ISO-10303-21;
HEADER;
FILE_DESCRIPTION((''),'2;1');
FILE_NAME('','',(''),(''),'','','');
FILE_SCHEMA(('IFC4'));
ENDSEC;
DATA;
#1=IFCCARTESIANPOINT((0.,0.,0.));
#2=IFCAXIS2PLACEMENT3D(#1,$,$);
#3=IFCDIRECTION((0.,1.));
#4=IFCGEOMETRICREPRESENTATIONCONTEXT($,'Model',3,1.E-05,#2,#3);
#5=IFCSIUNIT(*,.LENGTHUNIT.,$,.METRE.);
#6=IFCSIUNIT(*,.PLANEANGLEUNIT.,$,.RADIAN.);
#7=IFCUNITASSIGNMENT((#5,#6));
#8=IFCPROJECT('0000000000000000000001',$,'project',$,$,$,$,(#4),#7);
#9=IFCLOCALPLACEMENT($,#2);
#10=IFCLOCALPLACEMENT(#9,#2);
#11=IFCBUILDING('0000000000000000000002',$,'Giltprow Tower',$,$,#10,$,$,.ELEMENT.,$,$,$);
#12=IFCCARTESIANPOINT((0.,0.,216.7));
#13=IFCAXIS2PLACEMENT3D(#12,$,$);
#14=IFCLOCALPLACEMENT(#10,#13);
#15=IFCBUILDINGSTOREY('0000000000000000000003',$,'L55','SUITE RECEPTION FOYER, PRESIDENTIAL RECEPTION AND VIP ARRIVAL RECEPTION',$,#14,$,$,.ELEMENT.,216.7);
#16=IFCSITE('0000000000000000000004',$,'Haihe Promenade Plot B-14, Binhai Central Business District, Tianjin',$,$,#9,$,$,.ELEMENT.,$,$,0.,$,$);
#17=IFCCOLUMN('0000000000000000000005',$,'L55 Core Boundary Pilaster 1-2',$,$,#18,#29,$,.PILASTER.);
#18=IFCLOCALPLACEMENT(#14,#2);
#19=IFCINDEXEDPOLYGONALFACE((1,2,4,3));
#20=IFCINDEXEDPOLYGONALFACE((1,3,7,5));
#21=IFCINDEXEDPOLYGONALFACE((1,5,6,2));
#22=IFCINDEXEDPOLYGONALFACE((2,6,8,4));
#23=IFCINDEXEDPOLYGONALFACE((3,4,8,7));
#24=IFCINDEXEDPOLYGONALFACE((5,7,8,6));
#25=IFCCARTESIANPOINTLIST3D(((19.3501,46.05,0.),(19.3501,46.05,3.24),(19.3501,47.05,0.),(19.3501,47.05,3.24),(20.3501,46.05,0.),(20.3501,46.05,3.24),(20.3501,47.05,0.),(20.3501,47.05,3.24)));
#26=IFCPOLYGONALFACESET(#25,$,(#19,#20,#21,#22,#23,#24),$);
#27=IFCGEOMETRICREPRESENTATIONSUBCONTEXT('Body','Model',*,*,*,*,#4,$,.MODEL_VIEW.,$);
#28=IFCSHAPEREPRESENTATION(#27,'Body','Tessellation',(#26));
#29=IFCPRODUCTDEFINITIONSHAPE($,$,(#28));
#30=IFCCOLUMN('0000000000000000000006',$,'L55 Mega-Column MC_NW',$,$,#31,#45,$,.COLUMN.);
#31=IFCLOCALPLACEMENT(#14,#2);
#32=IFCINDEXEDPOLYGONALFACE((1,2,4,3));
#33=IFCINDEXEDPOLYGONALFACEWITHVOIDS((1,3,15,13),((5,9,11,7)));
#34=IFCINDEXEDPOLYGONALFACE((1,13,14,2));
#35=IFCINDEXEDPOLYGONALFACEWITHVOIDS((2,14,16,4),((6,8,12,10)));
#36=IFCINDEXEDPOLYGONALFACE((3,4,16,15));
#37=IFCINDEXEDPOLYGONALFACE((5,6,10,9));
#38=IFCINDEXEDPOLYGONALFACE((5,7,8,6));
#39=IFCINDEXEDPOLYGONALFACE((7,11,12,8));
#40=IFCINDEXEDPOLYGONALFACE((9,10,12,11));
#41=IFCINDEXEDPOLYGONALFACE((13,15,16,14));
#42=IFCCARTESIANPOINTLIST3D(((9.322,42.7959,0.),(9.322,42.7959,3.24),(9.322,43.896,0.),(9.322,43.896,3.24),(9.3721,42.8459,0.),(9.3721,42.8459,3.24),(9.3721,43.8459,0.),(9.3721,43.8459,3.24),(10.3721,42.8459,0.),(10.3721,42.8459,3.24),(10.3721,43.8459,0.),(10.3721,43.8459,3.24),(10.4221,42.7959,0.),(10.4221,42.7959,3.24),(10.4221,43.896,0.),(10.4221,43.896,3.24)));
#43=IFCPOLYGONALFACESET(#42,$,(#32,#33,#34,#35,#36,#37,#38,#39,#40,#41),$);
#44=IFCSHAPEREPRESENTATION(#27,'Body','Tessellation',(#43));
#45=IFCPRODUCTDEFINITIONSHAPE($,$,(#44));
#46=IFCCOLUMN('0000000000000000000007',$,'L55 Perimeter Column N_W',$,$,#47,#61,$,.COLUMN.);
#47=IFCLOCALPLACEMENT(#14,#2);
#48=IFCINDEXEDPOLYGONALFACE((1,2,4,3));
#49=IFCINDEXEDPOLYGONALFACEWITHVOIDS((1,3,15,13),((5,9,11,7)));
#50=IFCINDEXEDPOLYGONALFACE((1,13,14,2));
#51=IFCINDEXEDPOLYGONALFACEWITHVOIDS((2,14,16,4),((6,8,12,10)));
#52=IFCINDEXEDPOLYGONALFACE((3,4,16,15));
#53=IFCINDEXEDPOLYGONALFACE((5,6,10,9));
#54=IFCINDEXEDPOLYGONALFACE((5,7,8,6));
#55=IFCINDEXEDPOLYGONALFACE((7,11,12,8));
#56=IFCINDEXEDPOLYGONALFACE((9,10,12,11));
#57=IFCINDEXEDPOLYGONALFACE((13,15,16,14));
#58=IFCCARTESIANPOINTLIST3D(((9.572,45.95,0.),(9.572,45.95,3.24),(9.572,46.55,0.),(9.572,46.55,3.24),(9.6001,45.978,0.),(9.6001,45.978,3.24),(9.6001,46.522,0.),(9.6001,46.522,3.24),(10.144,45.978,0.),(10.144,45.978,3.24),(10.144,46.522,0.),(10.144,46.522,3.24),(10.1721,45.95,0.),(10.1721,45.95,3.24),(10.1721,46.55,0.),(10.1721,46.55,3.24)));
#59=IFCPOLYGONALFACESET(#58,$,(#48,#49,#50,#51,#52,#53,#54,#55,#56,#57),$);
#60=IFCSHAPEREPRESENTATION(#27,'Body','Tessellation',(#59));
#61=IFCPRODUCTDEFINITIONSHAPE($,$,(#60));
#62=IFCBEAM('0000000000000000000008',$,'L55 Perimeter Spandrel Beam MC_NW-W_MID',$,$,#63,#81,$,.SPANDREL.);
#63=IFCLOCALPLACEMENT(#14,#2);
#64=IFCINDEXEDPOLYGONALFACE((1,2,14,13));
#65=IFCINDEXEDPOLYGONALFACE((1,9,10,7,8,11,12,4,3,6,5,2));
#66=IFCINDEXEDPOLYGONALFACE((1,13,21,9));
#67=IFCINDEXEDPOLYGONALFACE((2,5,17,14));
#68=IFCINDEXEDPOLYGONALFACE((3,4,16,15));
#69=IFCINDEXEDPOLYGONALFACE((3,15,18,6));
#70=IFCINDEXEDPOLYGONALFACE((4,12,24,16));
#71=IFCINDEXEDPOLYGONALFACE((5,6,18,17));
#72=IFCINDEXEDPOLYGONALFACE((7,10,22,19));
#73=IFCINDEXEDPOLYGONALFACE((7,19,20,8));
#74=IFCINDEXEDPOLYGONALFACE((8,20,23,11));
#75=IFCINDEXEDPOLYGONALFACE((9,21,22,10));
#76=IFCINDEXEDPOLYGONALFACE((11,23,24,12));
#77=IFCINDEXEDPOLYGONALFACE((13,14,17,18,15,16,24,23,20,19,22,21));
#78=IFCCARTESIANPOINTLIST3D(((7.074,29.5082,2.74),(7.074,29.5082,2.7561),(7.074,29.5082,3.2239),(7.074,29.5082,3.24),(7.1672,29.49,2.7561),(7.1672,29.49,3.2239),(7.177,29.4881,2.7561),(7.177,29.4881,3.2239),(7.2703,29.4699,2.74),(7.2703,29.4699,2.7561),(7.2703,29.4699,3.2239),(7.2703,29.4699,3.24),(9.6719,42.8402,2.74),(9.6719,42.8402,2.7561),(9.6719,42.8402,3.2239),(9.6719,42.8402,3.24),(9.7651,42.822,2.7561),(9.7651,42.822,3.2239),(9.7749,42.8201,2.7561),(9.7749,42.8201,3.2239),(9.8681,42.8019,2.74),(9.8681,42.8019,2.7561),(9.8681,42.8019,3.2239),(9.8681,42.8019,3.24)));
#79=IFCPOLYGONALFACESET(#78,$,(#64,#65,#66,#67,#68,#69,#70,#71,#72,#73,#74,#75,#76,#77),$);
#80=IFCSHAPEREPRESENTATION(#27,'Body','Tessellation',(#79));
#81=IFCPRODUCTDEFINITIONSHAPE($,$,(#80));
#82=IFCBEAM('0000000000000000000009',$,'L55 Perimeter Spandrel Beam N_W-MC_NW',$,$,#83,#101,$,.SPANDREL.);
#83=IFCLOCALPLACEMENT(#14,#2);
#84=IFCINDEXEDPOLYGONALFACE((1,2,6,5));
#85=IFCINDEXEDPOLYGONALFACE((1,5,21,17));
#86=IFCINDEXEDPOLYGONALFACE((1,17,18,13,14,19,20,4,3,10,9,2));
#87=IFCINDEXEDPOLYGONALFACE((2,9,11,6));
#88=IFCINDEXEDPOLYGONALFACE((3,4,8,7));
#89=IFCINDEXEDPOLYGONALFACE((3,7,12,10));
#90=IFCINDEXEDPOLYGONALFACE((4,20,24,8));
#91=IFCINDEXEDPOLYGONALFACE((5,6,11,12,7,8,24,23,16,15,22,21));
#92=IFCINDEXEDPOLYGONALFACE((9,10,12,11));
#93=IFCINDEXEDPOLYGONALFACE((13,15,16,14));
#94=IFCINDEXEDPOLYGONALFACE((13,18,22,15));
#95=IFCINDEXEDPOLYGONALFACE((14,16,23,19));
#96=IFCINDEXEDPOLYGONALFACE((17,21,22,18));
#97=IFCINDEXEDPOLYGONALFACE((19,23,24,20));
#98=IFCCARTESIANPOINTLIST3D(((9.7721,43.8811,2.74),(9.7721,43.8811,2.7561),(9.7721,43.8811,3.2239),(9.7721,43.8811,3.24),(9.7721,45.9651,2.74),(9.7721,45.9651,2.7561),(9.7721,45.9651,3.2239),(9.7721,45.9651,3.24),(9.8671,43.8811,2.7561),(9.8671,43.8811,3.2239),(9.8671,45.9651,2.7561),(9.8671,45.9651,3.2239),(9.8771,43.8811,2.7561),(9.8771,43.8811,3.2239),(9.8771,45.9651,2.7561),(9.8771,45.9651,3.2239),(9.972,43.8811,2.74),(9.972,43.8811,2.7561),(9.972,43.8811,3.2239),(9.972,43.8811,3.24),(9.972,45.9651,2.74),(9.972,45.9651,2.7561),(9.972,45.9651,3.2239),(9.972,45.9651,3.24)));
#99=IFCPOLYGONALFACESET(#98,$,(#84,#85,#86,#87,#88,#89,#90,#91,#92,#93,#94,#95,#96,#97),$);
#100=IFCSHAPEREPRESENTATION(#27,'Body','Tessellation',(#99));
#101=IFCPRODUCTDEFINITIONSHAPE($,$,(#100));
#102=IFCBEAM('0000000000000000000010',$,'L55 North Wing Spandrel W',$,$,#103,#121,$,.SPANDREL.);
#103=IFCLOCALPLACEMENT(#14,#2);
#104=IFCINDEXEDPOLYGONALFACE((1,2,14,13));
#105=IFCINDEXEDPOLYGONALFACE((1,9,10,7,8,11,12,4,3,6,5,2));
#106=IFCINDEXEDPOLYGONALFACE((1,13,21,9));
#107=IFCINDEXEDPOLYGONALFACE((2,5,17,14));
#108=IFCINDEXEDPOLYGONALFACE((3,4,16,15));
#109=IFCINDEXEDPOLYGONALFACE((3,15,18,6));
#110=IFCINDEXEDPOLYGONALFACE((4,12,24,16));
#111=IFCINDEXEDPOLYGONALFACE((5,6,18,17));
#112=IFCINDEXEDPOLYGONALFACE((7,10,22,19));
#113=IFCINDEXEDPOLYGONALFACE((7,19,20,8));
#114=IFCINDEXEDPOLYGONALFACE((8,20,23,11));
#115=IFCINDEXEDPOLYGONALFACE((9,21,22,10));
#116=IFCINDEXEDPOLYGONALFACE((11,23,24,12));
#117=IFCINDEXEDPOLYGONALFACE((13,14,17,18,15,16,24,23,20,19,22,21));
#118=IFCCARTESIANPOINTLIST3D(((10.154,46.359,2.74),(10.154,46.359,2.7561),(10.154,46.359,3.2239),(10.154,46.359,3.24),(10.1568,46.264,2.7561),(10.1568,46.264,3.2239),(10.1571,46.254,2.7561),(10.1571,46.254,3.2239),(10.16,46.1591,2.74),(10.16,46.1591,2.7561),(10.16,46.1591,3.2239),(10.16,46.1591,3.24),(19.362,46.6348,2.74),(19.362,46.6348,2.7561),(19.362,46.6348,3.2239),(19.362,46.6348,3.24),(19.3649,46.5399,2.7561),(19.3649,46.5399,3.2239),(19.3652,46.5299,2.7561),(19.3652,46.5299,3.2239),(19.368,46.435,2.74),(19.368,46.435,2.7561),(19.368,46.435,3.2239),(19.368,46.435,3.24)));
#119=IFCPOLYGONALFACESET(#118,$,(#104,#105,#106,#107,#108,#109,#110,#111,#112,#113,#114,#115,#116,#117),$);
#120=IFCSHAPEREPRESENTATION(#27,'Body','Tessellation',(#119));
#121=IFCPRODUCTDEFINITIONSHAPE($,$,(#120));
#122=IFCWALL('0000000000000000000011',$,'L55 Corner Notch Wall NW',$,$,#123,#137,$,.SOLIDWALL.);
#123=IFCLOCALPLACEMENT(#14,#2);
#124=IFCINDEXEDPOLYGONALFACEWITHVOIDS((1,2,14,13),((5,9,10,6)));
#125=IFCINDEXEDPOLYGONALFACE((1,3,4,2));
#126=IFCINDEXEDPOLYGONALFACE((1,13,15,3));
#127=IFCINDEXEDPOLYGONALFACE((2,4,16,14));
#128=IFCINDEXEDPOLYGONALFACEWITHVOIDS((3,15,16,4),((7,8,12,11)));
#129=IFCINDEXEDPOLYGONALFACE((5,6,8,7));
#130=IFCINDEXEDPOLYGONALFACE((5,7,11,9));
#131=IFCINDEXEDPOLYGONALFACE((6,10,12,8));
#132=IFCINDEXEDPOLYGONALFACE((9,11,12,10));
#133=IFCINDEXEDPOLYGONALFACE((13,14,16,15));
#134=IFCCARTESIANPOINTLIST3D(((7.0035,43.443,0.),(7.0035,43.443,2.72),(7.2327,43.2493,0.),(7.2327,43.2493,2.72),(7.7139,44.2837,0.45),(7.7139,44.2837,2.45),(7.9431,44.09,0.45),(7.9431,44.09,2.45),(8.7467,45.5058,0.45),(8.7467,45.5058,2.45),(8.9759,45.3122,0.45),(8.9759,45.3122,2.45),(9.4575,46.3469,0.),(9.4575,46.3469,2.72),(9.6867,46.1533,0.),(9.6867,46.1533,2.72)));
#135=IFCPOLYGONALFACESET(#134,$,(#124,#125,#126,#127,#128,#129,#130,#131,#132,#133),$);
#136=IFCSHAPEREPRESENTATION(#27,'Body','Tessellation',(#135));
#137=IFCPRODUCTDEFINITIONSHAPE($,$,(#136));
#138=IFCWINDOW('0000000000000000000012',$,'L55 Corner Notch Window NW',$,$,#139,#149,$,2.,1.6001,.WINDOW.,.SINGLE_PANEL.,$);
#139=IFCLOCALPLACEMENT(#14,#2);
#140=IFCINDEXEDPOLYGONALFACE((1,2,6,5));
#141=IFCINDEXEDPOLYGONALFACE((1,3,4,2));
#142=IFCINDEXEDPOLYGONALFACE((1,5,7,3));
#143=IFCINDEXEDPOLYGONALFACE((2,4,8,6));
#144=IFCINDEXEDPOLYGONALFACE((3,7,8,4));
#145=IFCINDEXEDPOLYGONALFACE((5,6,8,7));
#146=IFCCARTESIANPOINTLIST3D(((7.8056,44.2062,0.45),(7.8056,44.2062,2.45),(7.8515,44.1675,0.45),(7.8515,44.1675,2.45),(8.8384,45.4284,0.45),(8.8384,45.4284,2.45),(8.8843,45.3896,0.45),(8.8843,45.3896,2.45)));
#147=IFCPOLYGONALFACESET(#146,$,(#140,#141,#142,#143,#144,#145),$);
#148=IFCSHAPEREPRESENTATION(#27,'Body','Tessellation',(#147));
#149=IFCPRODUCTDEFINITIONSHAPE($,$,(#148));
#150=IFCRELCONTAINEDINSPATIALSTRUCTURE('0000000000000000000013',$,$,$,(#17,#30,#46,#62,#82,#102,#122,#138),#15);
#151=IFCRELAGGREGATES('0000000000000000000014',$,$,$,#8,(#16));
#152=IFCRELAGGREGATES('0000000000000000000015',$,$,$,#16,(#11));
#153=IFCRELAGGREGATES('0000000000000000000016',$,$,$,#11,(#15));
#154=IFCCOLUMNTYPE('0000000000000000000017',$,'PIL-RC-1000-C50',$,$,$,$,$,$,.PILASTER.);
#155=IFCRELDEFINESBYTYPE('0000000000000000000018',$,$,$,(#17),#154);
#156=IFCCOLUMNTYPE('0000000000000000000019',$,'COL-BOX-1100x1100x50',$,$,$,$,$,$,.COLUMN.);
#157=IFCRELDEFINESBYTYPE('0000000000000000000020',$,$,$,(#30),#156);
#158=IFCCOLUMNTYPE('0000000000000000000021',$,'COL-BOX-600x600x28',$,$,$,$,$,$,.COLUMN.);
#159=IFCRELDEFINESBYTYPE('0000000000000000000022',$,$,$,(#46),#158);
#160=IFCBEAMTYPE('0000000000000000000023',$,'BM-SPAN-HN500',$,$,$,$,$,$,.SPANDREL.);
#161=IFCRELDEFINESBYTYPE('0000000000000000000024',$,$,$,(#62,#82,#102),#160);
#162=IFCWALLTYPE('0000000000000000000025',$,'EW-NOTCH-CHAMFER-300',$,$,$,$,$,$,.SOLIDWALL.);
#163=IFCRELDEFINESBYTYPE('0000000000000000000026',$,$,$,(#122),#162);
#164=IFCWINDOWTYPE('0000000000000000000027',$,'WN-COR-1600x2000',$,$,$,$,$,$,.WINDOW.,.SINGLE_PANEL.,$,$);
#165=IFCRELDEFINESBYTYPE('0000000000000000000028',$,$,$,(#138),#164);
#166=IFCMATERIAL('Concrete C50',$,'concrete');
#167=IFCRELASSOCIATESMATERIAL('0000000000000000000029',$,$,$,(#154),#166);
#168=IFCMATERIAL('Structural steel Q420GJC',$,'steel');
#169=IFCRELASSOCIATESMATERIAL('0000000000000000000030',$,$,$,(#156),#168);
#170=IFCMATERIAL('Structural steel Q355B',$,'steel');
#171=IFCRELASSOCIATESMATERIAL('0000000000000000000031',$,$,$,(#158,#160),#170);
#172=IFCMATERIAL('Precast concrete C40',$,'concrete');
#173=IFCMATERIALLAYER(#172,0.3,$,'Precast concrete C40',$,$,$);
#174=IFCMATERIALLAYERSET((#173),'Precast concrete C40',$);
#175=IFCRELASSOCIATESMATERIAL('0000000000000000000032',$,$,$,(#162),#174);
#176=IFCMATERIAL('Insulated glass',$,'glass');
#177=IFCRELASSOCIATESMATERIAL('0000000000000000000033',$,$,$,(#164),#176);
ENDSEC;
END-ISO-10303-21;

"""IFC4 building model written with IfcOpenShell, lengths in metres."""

from ifc_helpers import new_model, si_unit, direction, frame, frame_2d, origin, origin_2d, place, context, subcontext, project, spatial, rectangle, hollow_rectangle, i_section, extrude, source, transform, mapped, material, layer, layer_set, material_profile, profile_set, type_object, element, fill, save


model = new_model("IFC4")

# Units and contexts
model_context = context("Model", 3, precision=1e-05, world=origin(), true_north=direction((0.0, 1.0)))
body_context = subcontext(model_context, "Body", "Model", "MODEL_VIEW")
ifc_project = project(units=[si_unit("LENGTHUNIT", "METRE"), si_unit("PLANEANGLEUNIT", "RADIAN")], contexts=[model_context])

# Site, building, storey
site_placement = place(None, origin())
site = spatial("IfcSite", under=ifc_project, at=site_placement, Name="Haihe Promenade Plot B-14, Binhai Central Business District, Tianjin", CompositionType="ELEMENT", RefElevation=0.0)
building_placement = place(site_placement, origin())
building = spatial("IfcBuilding", under=site, at=building_placement, Name="Giltprow Tower", CompositionType="ELEMENT")
storey_placement = place(building_placement, frame((0.0, 0.0, 216.7)))
storey = spatial("IfcBuildingStorey", under=building, at=storey_placement, Name="L55", Description="SUITE RECEPTION FOYER, PRESIDENTIAL RECEPTION AND VIP ARRIVAL RECEPTION", CompositionType="ELEMENT", Elevation=216.7)

# Columns
ifc_material_1 = material(Name="Concrete C50", Category="concrete")
ifc_material_profile_1 = material_profile(ifc_material_1, rectangle(XDim=1.0, YDim=1.0, at=origin_2d()), Name="RC 1000x1000")
ifc_profile_set_1 = profile_set([ifc_material_profile_1], Name="Concrete C50")
column_type_1 = type_object("IfcColumnType", Name="PIL-RC-1000-C50", PredefinedType="PILASTER", material=ifc_profile_set_1)
shared_shape_1 = source(origin(), body_context, "Body", "SweptSolid", [
    extrude(rectangle(XDim=1.0, YDim=1.0, at=origin_2d()), origin(), (0.0, 0.0, 1.0), 3.24),
])
column_1_placement = place(storey_placement, frame((19.8501, 46.55, 0.0), z_axis=(0.0, 0.0, 1.0), x_axis=(1.0, 0.0, 0.0)))
element("IfcColumn", 1, at=column_1_placement, inside=storey, type_object=column_type_1, Name="L55 Core Boundary Pilaster 1-2", PredefinedType="PILASTER", context=body_context, shape_type="MappedRepresentation", body=[
    mapped(shared_shape_1, transform((0.0, 0.0, 0.0), x_axis=(1.0, 0.0, 0.0), y_axis=(0.0, 1.0, 0.0), z_axis=(0.0, 0.0, 1.0), scale=1.0)),
])
ifc_material_2 = material(Name="Structural steel Q420GJC", Category="steel")
ifc_material_profile_2 = material_profile(ifc_material_2, hollow_rectangle(XDim=1.1001, YDim=1.1001, WallThickness=0.05, at=origin_2d()), Name="BOX 1100x1100x50")
ifc_profile_set_2 = profile_set([ifc_material_profile_2], Name="Structural steel Q420GJC")
column_type_2 = type_object("IfcColumnType", Name="COL-BOX-1100x1100x50", PredefinedType="COLUMN", material=ifc_profile_set_2)
shared_shape_2 = source(origin(), body_context, "Body", "SweptSolid", [
    extrude(hollow_rectangle(XDim=1.1001, YDim=1.1001, WallThickness=0.05, at=origin_2d()), origin(), (0.0, 0.0, 1.0), 3.24),
])
column_2_placement = place(storey_placement, frame((9.8721, 43.3459, 0.0), z_axis=(0.0, 0.0, 1.0), x_axis=(1.0, 0.0, 0.0)))
element("IfcColumn", 2, at=column_2_placement, inside=storey, type_object=column_type_2, Name="L55 Mega-Column MC_NW", PredefinedType="COLUMN", context=body_context, shape_type="MappedRepresentation", body=[
    mapped(shared_shape_2, transform((0.0, 0.0, 0.0), x_axis=(1.0, 0.0, 0.0), y_axis=(0.0, 1.0, 0.0), z_axis=(0.0, 0.0, 1.0), scale=1.0)),
])
ifc_material_3 = material(Name="Structural steel Q355B", Category="steel")
ifc_material_profile_3 = material_profile(ifc_material_3, hollow_rectangle(XDim=0.6001, YDim=0.6001, WallThickness=0.0281, at=origin_2d()), Name="BOX 600x600x28")
ifc_profile_set_3 = profile_set([ifc_material_profile_3], Name="Structural steel Q355B")
column_type_3 = type_object("IfcColumnType", Name="COL-BOX-600x600x28", PredefinedType="COLUMN", material=ifc_profile_set_3)
shared_shape_3 = source(origin(), body_context, "Body", "SweptSolid", [
    extrude(hollow_rectangle(XDim=0.6001, YDim=0.6001, WallThickness=0.0281, at=origin_2d()), origin(), (0.0, 0.0, 1.0), 3.24),
])
column_3_placement = place(storey_placement, frame((9.8721, 46.25, 0.0), z_axis=(0.0, 0.0, 1.0), x_axis=(1.0, 0.0, 0.0)))
element("IfcColumn", 3, at=column_3_placement, inside=storey, type_object=column_type_3, Name="L55 Perimeter Column N_W", PredefinedType="COLUMN", context=body_context, shape_type="MappedRepresentation", body=[
    mapped(shared_shape_3, transform((0.0, 0.0, 0.0), x_axis=(1.0, 0.0, 0.0), y_axis=(0.0, 1.0, 0.0), z_axis=(0.0, 0.0, 1.0), scale=1.0)),
])

# Beams
ifc_material_profile_4 = material_profile(ifc_material_3, i_section(OverallWidth=0.2, OverallDepth=0.5, WebThickness=0.01, FlangeThickness=0.0161, at=origin_2d()), Name="HN 500x200x10x16")
ifc_profile_set_4 = profile_set([ifc_material_profile_4], Name="Structural steel Q355B")
beam_type = type_object("IfcBeamType", Name="BM-SPAN-HN500", PredefinedType="SPANDREL", material=ifc_profile_set_4)
shared_shape_4 = source(origin(), body_context, "Body", "SweptSolid", [
    extrude(i_section(OverallWidth=0.2, OverallDepth=0.5, WebThickness=0.01, FlangeThickness=0.0161, at=origin_2d()), origin(), (0.0, 0.0, 1.0), 13.5828),
])
beam_1_placement = place(storey_placement, frame((9.77, 42.821, 2.99), z_axis=(-0.191264, -0.981539, 0.0), x_axis=(0.981539, -0.191264, 0.0)))
element("IfcBeam", 4, at=beam_1_placement, inside=storey, type_object=beam_type, Name="L55 Perimeter Spandrel Beam MC_NW-W_MID", PredefinedType="SPANDREL", context=body_context, shape_type="MappedRepresentation", body=[
    mapped(shared_shape_4, transform((0.0, 0.0, 0.0), x_axis=(1.0, 0.0, 0.0), y_axis=(0.0, 1.0, 0.0), z_axis=(0.0, 0.0, 1.0), scale=1.0)),
])
shared_shape_5 = source(origin(), body_context, "Body", "SweptSolid", [
    extrude(i_section(OverallWidth=0.2, OverallDepth=0.5, WebThickness=0.01, FlangeThickness=0.0161, at=origin_2d()), origin(), (0.0, 0.0, 1.0), 2.084),
])
beam_2_placement = place(storey_placement, frame((9.8721, 45.9651, 2.99), z_axis=(0.0, -1.0, 0.0), x_axis=(1.0, 0.0, 0.0)))
element("IfcBeam", 5, at=beam_2_placement, inside=storey, type_object=beam_type, Name="L55 Perimeter Spandrel Beam N_W-MC_NW", PredefinedType="SPANDREL", context=body_context, shape_type="MappedRepresentation", body=[
    mapped(shared_shape_5, transform((0.0, 0.0, 0.0), x_axis=(1.0, 0.0, 0.0), y_axis=(0.0, 1.0, 0.0), z_axis=(0.0, 0.0, 1.0), scale=1.0)),
])
shared_shape_6 = source(origin(), body_context, "Body", "SweptSolid", [
    extrude(i_section(OverallWidth=0.2, OverallDepth=0.5, WebThickness=0.01, FlangeThickness=0.0161, at=origin_2d()), origin(), (0.0, 0.0, 1.0), 9.2122),
])
beam_3_placement = place(storey_placement, frame((10.157, 46.259, 2.99), z_axis=(0.999551, 0.029947, 0.0), x_axis=(-0.029947, 0.999551, 0.0)))
element("IfcBeam", 6, at=beam_3_placement, inside=storey, type_object=beam_type, Name="L55 North Wing Spandrel W", PredefinedType="SPANDREL", context=body_context, shape_type="MappedRepresentation", body=[
    mapped(shared_shape_6, transform((0.0, 0.0, 0.0), x_axis=(1.0, 0.0, 0.0), y_axis=(0.0, 1.0, 0.0), z_axis=(0.0, 0.0, 1.0), scale=1.0)),
])

# Wall, opening, window
ifc_material_4 = material(Name="Precast concrete C40", Category="concrete")
ifc_layer_1 = layer(ifc_material_4, 0.3, Name="Precast concrete C40")
ifc_layer_set_1 = layer_set([ifc_layer_1], Name="Precast concrete C40")
wall_type_1 = type_object("IfcWallType", Name="EW-NOTCH-CHAMFER-300", PredefinedType="SOLIDWALL", material=ifc_layer_set_1)
wall_1_placement = place(storey_placement, frame((9.572, 46.25, 0.0), z_axis=(0.0, 0.0, 1.0), x_axis=(-0.645456, -0.763798, 0.0)))
wall_1 = element("IfcWall", 7, at=wall_1_placement, inside=storey, type_object=wall_type_1, Name="L55 Corner Notch Wall NW", PredefinedType="SOLIDWALL", context=body_context, shape_type="SweptSolid", body=[
    extrude(rectangle(XDim=3.802, YDim=0.3, at=frame_2d((1.9009, 0.0))), origin(), (0.0, 0.0, 1.0), 2.72),
])
opening_1_placement = place(wall_1_placement, frame((1.1011, 0.0, 0.45)))
opening_1 = element("IfcOpeningElement", 8, at=opening_1_placement, cuts=wall_1, PredefinedType="OPENING", context=body_context, shape_type="SweptSolid", body=[
    extrude(rectangle(XDim=1.6001, YDim=2.0, at=frame_2d((0.8, 1.0))), frame((0.0, 0.1599, 0.0), z_axis=(0.0, -1.0, 0.0), x_axis=(1.0, 0.0, 0.0)), (0.0, 0.0, 1.0), 0.3201),
])
ifc_material_5 = material(Name="Insulated glass", Category="glass")
window_type = type_object("IfcWindowType", Name="WN-COR-1600x2000", PartitioningType="SINGLE_PANEL", PredefinedType="WINDOW", material=ifc_material_5)
shared_shape_7 = source(origin(), body_context, "Body", "SweptSolid", [
    extrude(rectangle(XDim=1.6001, YDim=2.0, at=frame_2d((0.8, 1.0))), frame((0.0, 0.03, 0.0), z_axis=(0.0, -1.0, 0.0), x_axis=(1.0, 0.0, 0.0)), (0.0, 0.0, 1.0), 0.0601),
])
window_1_placement = place(opening_1_placement, origin())
window_1 = element("IfcWindow", 9, at=window_1_placement, inside=storey, type_object=window_type, Name="L55 Corner Notch Window NW", OverallHeight=2.0, OverallWidth=1.6001, PartitioningType="SINGLE_PANEL", PredefinedType="WINDOW", context=body_context, shape_type="MappedRepresentation", body=[
    mapped(shared_shape_7, transform((0.0, 0.0, 0.0), x_axis=(1.0, 0.0, 0.0), y_axis=(0.0, 1.0, 0.0), z_axis=(0.0, 0.0, 1.0), scale=1.0)),
])
fill(opening_1, window_1)

save(model, "model.ifc")
